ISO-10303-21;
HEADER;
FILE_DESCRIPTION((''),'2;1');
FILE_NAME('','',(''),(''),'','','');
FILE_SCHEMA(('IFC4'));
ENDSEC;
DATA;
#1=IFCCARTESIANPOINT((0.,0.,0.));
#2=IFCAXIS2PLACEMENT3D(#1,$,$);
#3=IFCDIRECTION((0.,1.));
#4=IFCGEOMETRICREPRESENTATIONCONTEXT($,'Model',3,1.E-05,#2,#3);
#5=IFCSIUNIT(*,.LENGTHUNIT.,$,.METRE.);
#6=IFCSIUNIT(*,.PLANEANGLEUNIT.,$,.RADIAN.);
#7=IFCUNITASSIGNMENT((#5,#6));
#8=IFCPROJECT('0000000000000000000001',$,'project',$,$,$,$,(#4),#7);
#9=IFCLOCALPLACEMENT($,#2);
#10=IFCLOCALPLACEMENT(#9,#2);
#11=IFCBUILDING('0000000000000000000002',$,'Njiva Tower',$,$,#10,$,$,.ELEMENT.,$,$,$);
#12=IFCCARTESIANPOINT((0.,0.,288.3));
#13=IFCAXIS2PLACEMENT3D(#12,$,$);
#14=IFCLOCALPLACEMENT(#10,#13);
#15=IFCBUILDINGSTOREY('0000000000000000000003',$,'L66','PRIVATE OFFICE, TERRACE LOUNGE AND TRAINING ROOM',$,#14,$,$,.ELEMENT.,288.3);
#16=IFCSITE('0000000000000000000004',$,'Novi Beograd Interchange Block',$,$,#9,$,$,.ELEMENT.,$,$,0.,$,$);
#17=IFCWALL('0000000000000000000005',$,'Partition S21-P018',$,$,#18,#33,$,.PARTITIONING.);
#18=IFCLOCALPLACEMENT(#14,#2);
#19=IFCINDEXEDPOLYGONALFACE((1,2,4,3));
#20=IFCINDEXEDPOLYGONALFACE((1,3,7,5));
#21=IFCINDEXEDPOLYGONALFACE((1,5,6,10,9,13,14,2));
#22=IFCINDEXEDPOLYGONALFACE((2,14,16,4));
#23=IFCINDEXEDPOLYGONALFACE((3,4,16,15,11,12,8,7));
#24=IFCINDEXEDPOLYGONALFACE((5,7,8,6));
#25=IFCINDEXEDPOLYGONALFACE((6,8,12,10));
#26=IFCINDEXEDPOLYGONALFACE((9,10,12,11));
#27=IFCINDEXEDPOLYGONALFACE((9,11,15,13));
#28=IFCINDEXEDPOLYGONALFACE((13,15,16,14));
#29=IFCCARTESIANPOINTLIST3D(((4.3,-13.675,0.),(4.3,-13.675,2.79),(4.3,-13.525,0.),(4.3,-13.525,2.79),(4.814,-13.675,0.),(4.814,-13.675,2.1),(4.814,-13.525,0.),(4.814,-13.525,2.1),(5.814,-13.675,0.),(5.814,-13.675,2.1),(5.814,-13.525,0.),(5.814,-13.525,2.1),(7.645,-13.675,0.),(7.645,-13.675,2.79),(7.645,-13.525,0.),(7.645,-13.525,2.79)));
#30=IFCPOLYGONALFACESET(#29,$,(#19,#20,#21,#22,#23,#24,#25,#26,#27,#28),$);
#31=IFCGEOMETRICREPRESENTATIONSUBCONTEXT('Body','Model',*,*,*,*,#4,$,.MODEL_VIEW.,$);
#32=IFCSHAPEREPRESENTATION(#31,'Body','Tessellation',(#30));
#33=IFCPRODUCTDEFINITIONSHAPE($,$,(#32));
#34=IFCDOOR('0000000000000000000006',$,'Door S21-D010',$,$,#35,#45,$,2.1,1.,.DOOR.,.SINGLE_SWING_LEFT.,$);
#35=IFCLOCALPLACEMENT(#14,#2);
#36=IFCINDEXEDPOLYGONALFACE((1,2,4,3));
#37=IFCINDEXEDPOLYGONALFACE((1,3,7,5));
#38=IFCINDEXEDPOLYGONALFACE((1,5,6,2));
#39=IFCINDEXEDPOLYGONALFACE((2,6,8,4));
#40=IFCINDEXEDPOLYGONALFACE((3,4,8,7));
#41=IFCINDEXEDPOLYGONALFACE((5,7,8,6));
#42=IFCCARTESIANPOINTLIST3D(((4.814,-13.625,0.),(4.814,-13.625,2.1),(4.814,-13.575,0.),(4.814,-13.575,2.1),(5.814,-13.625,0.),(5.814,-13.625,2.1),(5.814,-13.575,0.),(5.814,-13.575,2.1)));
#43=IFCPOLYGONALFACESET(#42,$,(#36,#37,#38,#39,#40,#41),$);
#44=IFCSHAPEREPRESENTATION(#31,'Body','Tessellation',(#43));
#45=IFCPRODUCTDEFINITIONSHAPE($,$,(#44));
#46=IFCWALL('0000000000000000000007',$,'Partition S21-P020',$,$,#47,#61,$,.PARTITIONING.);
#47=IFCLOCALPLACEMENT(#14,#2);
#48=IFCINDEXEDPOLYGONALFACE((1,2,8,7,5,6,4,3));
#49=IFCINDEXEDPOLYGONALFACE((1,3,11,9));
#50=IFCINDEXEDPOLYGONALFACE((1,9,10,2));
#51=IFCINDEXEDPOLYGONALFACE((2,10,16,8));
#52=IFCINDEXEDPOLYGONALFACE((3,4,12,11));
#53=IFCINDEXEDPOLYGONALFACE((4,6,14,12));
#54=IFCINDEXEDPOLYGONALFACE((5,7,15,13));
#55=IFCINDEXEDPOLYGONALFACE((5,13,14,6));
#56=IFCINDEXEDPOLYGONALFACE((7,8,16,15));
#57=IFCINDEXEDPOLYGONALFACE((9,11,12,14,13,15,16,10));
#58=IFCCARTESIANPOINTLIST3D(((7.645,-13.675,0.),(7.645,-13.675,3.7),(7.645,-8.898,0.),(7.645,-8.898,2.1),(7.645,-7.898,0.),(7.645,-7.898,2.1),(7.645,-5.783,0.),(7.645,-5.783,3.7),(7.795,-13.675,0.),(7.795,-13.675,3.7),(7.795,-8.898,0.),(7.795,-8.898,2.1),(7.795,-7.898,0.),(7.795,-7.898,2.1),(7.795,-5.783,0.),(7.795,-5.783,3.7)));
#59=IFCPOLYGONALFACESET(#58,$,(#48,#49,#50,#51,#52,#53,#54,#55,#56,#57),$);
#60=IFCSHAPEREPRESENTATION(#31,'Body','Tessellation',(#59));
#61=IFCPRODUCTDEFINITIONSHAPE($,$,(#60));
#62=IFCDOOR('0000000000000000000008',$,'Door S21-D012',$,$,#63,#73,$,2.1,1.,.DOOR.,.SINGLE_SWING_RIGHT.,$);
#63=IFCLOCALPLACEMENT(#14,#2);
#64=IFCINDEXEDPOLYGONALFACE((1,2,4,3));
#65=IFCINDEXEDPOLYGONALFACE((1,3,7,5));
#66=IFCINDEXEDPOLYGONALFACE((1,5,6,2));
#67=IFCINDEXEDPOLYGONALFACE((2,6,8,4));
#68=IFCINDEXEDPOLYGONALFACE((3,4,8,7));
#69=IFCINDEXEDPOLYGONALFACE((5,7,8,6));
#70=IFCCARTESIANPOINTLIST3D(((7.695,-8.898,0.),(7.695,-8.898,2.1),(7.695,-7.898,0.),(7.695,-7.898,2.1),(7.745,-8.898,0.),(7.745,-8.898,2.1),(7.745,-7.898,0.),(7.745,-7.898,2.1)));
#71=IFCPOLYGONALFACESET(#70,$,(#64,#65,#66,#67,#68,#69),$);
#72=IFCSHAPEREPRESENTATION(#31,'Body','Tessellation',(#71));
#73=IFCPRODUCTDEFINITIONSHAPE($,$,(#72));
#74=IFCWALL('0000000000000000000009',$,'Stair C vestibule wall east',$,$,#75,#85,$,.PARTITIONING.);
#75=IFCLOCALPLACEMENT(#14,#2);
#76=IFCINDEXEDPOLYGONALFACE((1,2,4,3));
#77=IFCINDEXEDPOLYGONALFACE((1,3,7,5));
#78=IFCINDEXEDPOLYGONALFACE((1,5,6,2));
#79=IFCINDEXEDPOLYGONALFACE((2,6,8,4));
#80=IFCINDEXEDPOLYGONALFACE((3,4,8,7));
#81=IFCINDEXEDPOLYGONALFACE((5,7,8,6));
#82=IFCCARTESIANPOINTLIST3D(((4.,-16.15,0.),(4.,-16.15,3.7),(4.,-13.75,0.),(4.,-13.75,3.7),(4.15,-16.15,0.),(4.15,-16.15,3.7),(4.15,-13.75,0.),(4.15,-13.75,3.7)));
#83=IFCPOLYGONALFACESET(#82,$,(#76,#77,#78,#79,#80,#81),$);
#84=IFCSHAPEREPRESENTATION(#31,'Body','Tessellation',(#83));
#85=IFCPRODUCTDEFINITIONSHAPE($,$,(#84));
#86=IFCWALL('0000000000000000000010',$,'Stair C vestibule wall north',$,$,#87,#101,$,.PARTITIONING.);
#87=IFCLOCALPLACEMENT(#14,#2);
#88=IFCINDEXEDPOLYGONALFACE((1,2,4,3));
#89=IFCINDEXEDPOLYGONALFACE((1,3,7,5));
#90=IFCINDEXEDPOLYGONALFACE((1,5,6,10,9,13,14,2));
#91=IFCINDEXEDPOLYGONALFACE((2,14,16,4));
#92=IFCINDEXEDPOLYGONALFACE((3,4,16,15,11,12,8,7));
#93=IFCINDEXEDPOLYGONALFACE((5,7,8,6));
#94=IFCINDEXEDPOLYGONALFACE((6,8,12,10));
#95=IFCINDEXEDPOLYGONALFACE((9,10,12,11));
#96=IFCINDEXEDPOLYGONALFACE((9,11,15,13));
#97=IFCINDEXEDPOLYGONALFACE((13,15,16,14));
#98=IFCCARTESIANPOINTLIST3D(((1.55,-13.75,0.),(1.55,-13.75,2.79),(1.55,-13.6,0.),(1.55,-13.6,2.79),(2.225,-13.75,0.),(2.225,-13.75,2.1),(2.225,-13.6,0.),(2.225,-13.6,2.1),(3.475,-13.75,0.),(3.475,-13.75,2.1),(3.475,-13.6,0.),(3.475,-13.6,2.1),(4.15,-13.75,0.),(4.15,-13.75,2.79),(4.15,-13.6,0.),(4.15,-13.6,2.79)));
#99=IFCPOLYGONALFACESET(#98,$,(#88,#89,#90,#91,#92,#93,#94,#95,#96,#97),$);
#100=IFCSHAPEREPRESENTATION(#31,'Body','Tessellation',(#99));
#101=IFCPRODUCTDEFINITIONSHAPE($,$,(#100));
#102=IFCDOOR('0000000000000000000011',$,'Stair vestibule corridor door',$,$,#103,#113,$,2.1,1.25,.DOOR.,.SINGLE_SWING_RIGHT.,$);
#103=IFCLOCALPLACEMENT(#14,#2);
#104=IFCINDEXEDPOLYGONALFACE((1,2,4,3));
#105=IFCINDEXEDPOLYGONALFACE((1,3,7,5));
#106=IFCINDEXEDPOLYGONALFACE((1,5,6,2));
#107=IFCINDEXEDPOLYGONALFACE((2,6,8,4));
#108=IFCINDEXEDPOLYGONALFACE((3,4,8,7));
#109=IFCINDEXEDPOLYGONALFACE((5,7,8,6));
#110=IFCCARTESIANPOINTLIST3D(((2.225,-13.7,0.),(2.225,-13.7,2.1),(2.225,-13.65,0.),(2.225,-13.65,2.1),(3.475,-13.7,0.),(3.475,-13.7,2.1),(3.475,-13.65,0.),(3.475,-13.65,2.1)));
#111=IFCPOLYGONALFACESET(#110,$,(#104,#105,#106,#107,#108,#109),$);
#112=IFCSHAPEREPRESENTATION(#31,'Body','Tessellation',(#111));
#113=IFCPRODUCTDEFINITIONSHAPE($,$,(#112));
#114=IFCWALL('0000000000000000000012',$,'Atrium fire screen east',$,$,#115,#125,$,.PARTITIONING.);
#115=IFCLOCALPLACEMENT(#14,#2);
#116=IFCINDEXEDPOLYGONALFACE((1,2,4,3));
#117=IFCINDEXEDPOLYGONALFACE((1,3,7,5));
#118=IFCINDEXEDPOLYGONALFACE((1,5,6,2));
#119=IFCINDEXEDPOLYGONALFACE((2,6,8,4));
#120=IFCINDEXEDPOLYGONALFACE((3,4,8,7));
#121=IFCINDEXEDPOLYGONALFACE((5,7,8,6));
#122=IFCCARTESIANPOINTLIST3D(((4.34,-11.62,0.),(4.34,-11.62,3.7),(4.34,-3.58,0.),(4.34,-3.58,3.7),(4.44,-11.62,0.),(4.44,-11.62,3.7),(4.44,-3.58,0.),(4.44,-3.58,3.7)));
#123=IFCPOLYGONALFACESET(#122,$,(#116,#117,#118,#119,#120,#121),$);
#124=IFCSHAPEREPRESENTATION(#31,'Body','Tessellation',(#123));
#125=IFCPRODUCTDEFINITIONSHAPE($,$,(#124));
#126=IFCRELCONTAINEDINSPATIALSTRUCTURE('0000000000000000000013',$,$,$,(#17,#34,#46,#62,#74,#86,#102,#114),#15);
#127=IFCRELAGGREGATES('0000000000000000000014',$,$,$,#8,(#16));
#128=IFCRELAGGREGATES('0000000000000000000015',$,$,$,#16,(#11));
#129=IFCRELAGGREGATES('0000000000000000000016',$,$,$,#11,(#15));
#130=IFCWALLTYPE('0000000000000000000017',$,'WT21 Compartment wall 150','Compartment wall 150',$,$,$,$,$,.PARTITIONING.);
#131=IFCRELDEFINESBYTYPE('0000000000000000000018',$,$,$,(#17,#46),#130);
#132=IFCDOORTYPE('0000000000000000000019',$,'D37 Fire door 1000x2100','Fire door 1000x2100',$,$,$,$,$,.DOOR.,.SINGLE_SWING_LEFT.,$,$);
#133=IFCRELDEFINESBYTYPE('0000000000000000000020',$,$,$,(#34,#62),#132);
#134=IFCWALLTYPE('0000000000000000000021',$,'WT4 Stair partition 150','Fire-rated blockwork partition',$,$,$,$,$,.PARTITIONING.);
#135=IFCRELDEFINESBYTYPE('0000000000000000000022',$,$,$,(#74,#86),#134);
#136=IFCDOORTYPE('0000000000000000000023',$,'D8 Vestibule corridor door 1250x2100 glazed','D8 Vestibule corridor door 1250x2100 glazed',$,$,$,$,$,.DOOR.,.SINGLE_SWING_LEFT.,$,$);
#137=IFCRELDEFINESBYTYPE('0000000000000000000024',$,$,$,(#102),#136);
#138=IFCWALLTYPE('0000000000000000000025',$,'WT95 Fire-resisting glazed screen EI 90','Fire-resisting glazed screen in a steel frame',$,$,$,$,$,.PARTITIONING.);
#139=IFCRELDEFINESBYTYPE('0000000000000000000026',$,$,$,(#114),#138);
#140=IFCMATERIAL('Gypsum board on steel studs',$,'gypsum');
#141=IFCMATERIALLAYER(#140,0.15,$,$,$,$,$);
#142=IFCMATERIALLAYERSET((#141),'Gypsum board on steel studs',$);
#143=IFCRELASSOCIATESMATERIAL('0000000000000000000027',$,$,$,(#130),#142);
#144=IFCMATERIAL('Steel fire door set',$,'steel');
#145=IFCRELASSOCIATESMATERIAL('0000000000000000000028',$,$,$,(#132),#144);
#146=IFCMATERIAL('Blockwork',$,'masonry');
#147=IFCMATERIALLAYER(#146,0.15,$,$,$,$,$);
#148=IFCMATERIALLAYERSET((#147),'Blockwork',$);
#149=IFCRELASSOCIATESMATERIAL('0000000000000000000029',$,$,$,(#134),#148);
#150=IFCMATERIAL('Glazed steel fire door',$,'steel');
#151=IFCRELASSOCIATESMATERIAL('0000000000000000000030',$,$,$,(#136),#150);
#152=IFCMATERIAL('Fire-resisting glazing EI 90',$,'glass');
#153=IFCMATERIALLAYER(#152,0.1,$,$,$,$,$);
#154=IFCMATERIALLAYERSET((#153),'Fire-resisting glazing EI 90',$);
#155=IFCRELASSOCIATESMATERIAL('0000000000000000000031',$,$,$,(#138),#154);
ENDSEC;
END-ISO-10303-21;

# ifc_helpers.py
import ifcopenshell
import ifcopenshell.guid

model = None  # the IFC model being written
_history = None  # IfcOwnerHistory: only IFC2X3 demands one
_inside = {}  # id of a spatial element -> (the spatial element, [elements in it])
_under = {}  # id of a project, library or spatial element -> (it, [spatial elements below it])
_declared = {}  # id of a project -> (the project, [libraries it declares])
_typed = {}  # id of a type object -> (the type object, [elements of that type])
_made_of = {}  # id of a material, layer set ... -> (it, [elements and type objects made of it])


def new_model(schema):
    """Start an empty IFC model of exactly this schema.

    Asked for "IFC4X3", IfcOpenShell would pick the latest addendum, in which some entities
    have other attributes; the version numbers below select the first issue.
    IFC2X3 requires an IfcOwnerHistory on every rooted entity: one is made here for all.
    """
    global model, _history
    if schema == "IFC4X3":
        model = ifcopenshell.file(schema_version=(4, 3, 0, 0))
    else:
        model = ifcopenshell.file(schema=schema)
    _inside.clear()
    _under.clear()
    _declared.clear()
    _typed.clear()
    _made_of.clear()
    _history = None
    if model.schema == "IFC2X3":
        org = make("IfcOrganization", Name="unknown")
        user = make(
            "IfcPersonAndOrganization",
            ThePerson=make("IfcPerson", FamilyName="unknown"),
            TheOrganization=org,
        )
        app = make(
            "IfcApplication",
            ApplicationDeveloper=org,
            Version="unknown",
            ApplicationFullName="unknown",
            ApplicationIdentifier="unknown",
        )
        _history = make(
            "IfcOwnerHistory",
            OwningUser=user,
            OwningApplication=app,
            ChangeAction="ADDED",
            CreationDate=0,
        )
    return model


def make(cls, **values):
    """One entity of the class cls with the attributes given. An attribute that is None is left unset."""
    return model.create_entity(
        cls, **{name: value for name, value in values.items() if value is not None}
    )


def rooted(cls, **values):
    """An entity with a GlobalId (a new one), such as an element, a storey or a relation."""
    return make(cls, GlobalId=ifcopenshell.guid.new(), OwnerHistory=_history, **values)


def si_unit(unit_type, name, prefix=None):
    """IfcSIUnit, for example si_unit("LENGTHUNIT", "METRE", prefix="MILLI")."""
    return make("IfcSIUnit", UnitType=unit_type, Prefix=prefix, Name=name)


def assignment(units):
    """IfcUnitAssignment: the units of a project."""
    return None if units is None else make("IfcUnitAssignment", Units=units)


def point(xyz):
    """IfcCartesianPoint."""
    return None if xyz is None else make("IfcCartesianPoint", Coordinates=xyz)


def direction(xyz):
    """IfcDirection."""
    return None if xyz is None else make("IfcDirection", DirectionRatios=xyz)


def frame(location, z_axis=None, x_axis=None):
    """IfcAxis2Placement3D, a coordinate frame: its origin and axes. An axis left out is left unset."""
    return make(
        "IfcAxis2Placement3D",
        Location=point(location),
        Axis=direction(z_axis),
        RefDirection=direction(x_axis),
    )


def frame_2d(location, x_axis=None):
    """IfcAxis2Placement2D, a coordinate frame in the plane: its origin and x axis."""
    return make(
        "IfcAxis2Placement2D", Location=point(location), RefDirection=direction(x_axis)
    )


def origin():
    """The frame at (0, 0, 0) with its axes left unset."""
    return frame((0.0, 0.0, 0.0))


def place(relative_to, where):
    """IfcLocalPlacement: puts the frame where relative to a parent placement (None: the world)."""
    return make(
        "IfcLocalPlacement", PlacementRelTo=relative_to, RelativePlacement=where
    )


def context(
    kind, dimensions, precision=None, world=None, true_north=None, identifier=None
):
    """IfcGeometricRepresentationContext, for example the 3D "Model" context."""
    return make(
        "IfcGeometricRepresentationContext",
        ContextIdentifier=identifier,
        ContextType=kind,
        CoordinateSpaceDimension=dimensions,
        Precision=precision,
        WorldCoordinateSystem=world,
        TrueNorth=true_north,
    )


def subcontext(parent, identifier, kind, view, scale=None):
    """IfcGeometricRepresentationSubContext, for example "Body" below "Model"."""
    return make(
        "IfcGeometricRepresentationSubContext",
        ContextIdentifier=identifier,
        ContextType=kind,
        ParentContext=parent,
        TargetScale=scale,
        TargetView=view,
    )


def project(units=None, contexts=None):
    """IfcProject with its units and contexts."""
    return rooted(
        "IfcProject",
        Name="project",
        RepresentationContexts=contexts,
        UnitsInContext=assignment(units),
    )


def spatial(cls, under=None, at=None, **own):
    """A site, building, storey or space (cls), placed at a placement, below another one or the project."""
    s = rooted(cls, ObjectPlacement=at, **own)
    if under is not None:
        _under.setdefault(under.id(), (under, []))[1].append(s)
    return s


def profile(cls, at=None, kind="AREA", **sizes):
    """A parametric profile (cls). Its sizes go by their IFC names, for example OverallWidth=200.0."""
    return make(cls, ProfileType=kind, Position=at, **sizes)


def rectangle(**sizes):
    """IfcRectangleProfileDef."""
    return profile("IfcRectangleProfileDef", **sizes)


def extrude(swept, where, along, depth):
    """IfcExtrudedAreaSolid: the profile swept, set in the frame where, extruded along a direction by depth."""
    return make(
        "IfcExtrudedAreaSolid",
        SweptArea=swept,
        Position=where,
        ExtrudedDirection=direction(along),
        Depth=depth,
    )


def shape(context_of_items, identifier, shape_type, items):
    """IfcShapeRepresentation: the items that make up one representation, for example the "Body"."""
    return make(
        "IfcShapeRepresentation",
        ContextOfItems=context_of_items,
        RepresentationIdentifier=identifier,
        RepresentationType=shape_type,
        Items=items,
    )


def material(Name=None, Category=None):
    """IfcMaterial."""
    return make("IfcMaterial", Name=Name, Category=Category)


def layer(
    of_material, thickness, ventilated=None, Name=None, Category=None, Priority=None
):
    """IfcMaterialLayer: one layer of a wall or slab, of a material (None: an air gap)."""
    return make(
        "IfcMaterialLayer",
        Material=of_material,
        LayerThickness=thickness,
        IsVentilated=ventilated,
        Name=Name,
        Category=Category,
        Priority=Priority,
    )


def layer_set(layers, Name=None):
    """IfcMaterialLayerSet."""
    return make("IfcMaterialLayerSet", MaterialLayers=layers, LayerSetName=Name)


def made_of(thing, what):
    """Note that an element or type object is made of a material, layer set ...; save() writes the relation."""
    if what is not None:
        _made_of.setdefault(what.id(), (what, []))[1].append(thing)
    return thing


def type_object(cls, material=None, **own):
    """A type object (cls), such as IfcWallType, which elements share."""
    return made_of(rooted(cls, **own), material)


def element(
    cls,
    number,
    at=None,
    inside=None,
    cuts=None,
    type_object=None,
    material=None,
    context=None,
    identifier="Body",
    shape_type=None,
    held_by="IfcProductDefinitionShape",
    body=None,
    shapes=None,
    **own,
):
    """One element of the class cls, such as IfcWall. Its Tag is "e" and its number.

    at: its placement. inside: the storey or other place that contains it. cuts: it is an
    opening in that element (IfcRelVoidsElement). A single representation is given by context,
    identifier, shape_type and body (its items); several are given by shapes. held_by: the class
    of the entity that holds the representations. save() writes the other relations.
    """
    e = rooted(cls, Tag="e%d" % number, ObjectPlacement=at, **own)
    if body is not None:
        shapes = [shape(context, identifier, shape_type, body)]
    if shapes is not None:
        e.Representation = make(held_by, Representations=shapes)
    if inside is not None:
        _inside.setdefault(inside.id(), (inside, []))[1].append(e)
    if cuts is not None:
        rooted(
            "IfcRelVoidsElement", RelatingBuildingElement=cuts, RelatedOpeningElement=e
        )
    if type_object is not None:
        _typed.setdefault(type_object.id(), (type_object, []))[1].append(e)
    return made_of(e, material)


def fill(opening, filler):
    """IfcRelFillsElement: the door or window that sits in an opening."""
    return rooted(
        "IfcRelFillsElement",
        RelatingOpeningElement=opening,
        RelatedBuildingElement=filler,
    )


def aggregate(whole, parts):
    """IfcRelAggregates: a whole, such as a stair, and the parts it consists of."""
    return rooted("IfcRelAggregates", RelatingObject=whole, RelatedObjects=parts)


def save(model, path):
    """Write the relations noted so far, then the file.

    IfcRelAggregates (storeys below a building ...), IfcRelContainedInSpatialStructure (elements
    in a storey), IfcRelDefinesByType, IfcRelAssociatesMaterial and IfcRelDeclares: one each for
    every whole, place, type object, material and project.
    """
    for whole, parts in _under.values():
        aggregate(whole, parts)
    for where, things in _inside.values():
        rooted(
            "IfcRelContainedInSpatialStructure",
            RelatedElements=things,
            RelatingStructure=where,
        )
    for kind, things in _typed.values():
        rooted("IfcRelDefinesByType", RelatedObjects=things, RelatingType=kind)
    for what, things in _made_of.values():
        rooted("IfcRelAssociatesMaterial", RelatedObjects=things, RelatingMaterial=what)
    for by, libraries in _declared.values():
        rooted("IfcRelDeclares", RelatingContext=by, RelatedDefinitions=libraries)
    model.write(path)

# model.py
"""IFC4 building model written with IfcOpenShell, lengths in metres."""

from ifc_helpers import new_model, si_unit, direction, frame, frame_2d, origin, place, context, subcontext, project, spatial, rectangle, extrude, material, layer, layer_set, type_object, element, fill, save


model = new_model("IFC4")

# Units and contexts
model_context = context("Model", 3, precision=1e-05, world=origin(), true_north=direction((0.0, 1.0)))
body_context = subcontext(model_context, "Body", "Model", "MODEL_VIEW")
ifc_project = project(units=[si_unit("LENGTHUNIT", "METRE"), si_unit("PLANEANGLEUNIT", "RADIAN")], contexts=[model_context])

# Site, building, storey
site_placement = place(None, origin())
site = spatial("IfcSite", under=ifc_project, at=site_placement, Name="Novi Beograd Interchange Block", CompositionType="ELEMENT", RefElevation=0.0)
building_placement = place(site_placement, origin())
building = spatial("IfcBuilding", under=site, at=building_placement, Name="Njiva Tower", CompositionType="ELEMENT")
storey_placement = place(building_placement, frame((0.0, 0.0, 288.3)))
storey = spatial("IfcBuildingStorey", under=building, at=storey_placement, Name="L66", Description="PRIVATE OFFICE, TERRACE LOUNGE AND TRAINING ROOM", CompositionType="ELEMENT", Elevation=288.3)

# Shared definitions
ifc_material_1 = material(Name="Gypsum board on steel studs", Category="gypsum")

# Walls, openings, doors
ifc_layer_1 = layer(ifc_material_1, 0.15)
ifc_layer_set_1 = layer_set([ifc_layer_1], Name="Gypsum board on steel studs")
wall_type_1 = type_object("IfcWallType", Name="WT21 Compartment wall 150", Description="Compartment wall 150", PredefinedType="PARTITIONING", material=ifc_layer_set_1)
wall_1_placement = place(storey_placement, frame((4.3, -13.6, 0.0), z_axis=(0.0, 0.0, 1.0), x_axis=(1.0, 0.0, 0.0)))
wall_1 = element("IfcWall", 1, at=wall_1_placement, inside=storey, type_object=wall_type_1, Name="Partition S21-P018", PredefinedType="PARTITIONING", context=body_context, shape_type="SweptSolid", body=[
    extrude(rectangle(XDim=3.345, YDim=0.15, at=frame_2d((1.6725, 0.0))), origin(), (0.0, 0.0, 1.0), 2.79),
])
opening_1_placement = place(wall_1_placement, frame((0.514, 0.0, 0.0)))
opening_1 = element("IfcOpeningElement", 2, at=opening_1_placement, cuts=wall_1, PredefinedType="OPENING", context=body_context, shape_type="SweptSolid", body=[
    extrude(rectangle(XDim=1.0, YDim=2.1, at=frame_2d((0.5, 1.05))), frame((0.0, 0.085, 0.0), z_axis=(0.0, -1.0, 0.0), x_axis=(1.0, 0.0, 0.0)), (0.0, 0.0, 1.0), 0.17),
])
ifc_material_2 = material(Name="Steel fire door set", Category="steel")
door_type_1 = type_object("IfcDoorType", Name="D37 Fire door 1000x2100", Description="Fire door 1000x2100", OperationType="SINGLE_SWING_LEFT", PredefinedType="DOOR", material=ifc_material_2)
door_1_placement = place(opening_1_placement, origin())
door_1 = element("IfcDoor", 3, at=door_1_placement, inside=storey, type_object=door_type_1, Name="Door S21-D010", OperationType="SINGLE_SWING_LEFT", OverallHeight=2.1, OverallWidth=1.0, PredefinedType="DOOR", context=body_context, shape_type="SweptSolid", body=[
    extrude(rectangle(XDim=1.0, YDim=2.1, at=frame_2d((0.5, 1.05))), frame((0.0, 0.025, 0.0), z_axis=(0.0, -1.0, 0.0), x_axis=(1.0, 0.0, 0.0)), (0.0, 0.0, 1.0), 0.05),
])
fill(opening_1, door_1)
wall_2_placement = place(storey_placement, frame((7.72, -13.675, 0.0), z_axis=(0.0, 0.0, 1.0), x_axis=(0.0, 1.0, 0.0)))
wall_2 = element("IfcWall", 4, at=wall_2_placement, inside=storey, type_object=wall_type_1, Name="Partition S21-P020", PredefinedType="PARTITIONING", context=body_context, shape_type="SweptSolid", body=[
    extrude(rectangle(XDim=7.892, YDim=0.15, at=frame_2d((3.946, 0.0))), origin(), (0.0, 0.0, 1.0), 3.7),
])
opening_2_placement = place(wall_2_placement, frame((4.777, 0.0, 0.0)))
opening_2 = element("IfcOpeningElement", 5, at=opening_2_placement, cuts=wall_2, PredefinedType="OPENING", context=body_context, shape_type="SweptSolid", body=[
    extrude(rectangle(XDim=1.0, YDim=2.1, at=frame_2d((0.5, 1.05))), frame((0.0, 0.085, 0.0), z_axis=(0.0, -1.0, 0.0), x_axis=(1.0, 0.0, 0.0)), (0.0, 0.0, 1.0), 0.17),
])
door_2_placement = place(opening_2_placement, origin())
door_2 = element("IfcDoor", 6, at=door_2_placement, inside=storey, type_object=door_type_1, Name="Door S21-D012", OperationType="SINGLE_SWING_RIGHT", OverallHeight=2.1, OverallWidth=1.0, PredefinedType="DOOR", context=body_context, shape_type="SweptSolid", body=[
    extrude(rectangle(XDim=1.0, YDim=2.1, at=frame_2d((0.5, 1.05))), frame((0.0, 0.025, 0.0), z_axis=(0.0, -1.0, 0.0), x_axis=(1.0, 0.0, 0.0)), (0.0, 0.0, 1.0), 0.05),
])
fill(opening_2, door_2)

# Wall
ifc_material_3 = material(Name="Blockwork", Category="masonry")
ifc_layer_2 = layer(ifc_material_3, 0.15)
ifc_layer_set_2 = layer_set([ifc_layer_2], Name="Blockwork")
wall_type_2 = type_object("IfcWallType", Name="WT4 Stair partition 150", Description="Fire-rated blockwork partition", PredefinedType="PARTITIONING", material=ifc_layer_set_2)
wall_3_placement = place(storey_placement, frame((4.075, -16.15, 0.0), z_axis=(0.0, 0.0, 1.0), x_axis=(0.0, 1.0, 0.0)))
element("IfcWall", 7, at=wall_3_placement, inside=storey, type_object=wall_type_2, Name="Stair C vestibule wall east", PredefinedType="PARTITIONING", context=body_context, shape_type="SweptSolid", body=[
    extrude(rectangle(XDim=2.4, YDim=0.15, at=frame_2d((1.2, 0.0))), origin(), (0.0, 0.0, 1.0), 3.7),
])

# Wall, opening, door
wall_4_placement = place(storey_placement, frame((1.55, -13.675, 0.0), z_axis=(0.0, 0.0, 1.0), x_axis=(1.0, 0.0, 0.0)))
wall_4 = element("IfcWall", 8, at=wall_4_placement, inside=storey, type_object=wall_type_2, Name="Stair C vestibule wall north", PredefinedType="PARTITIONING", context=body_context, shape_type="SweptSolid", body=[
    extrude(rectangle(XDim=2.6, YDim=0.15, at=frame_2d((1.3, 0.0))), origin(), (0.0, 0.0, 1.0), 2.79),
])
opening_3_placement = place(wall_4_placement, frame((0.675, 0.0, 0.0)))
opening_3 = element("IfcOpeningElement", 9, at=opening_3_placement, cuts=wall_4, PredefinedType="OPENING", context=body_context, shape_type="SweptSolid", body=[
    extrude(rectangle(XDim=1.25, YDim=2.1, at=frame_2d((0.625, 1.05))), frame((0.0, 0.085, 0.0), z_axis=(0.0, -1.0, 0.0), x_axis=(1.0, 0.0, 0.0)), (0.0, 0.0, 1.0), 0.17),
])
ifc_material_4 = material(Name="Glazed steel fire door", Category="steel")
door_type_2 = type_object("IfcDoorType", Name="D8 Vestibule corridor door 1250x2100 glazed", Description="D8 Vestibule corridor door 1250x2100 glazed", OperationType="SINGLE_SWING_LEFT", PredefinedType="DOOR", material=ifc_material_4)
door_3_placement = place(opening_3_placement, origin())
door_3 = element("IfcDoor", 10, at=door_3_placement, inside=storey, type_object=door_type_2, Name="Stair vestibule corridor door", OperationType="SINGLE_SWING_RIGHT", OverallHeight=2.1, OverallWidth=1.25, PredefinedType="DOOR", context=body_context, shape_type="SweptSolid", body=[
    extrude(rectangle(XDim=1.25, YDim=2.1, at=frame_2d((0.625, 1.05))), frame((0.0, 0.025, 0.0), z_axis=(0.0, -1.0, 0.0), x_axis=(1.0, 0.0, 0.0)), (0.0, 0.0, 1.0), 0.05),
])
fill(opening_3, door_3)

# Wall
ifc_material_5 = material(Name="Fire-resisting glazing EI 90", Category="glass")
ifc_layer_3 = layer(ifc_material_5, 0.1)
ifc_layer_set_3 = layer_set([ifc_layer_3], Name="Fire-resisting glazing EI 90")
wall_type_3 = type_object("IfcWallType", Name="WT95 Fire-resisting glazed screen EI 90", Description="Fire-resisting glazed screen in a steel frame", PredefinedType="PARTITIONING", material=ifc_layer_set_3)
wall_5_placement = place(storey_placement, frame((4.39, -11.62, 0.0), z_axis=(0.0, 0.0, 1.0), x_axis=(0.0, 1.0, 0.0)))
element("IfcWall", 11, at=wall_5_placement, inside=storey, type_object=wall_type_3, Name="Atrium fire screen east", PredefinedType="PARTITIONING", context=body_context, shape_type="SweptSolid", body=[
    extrude(rectangle(XDim=8.04, YDim=0.1, at=frame_2d((4.02, 0.0))), origin(), (0.0, 0.0, 1.0), 3.7),
])

save(model, "model.ifc")
